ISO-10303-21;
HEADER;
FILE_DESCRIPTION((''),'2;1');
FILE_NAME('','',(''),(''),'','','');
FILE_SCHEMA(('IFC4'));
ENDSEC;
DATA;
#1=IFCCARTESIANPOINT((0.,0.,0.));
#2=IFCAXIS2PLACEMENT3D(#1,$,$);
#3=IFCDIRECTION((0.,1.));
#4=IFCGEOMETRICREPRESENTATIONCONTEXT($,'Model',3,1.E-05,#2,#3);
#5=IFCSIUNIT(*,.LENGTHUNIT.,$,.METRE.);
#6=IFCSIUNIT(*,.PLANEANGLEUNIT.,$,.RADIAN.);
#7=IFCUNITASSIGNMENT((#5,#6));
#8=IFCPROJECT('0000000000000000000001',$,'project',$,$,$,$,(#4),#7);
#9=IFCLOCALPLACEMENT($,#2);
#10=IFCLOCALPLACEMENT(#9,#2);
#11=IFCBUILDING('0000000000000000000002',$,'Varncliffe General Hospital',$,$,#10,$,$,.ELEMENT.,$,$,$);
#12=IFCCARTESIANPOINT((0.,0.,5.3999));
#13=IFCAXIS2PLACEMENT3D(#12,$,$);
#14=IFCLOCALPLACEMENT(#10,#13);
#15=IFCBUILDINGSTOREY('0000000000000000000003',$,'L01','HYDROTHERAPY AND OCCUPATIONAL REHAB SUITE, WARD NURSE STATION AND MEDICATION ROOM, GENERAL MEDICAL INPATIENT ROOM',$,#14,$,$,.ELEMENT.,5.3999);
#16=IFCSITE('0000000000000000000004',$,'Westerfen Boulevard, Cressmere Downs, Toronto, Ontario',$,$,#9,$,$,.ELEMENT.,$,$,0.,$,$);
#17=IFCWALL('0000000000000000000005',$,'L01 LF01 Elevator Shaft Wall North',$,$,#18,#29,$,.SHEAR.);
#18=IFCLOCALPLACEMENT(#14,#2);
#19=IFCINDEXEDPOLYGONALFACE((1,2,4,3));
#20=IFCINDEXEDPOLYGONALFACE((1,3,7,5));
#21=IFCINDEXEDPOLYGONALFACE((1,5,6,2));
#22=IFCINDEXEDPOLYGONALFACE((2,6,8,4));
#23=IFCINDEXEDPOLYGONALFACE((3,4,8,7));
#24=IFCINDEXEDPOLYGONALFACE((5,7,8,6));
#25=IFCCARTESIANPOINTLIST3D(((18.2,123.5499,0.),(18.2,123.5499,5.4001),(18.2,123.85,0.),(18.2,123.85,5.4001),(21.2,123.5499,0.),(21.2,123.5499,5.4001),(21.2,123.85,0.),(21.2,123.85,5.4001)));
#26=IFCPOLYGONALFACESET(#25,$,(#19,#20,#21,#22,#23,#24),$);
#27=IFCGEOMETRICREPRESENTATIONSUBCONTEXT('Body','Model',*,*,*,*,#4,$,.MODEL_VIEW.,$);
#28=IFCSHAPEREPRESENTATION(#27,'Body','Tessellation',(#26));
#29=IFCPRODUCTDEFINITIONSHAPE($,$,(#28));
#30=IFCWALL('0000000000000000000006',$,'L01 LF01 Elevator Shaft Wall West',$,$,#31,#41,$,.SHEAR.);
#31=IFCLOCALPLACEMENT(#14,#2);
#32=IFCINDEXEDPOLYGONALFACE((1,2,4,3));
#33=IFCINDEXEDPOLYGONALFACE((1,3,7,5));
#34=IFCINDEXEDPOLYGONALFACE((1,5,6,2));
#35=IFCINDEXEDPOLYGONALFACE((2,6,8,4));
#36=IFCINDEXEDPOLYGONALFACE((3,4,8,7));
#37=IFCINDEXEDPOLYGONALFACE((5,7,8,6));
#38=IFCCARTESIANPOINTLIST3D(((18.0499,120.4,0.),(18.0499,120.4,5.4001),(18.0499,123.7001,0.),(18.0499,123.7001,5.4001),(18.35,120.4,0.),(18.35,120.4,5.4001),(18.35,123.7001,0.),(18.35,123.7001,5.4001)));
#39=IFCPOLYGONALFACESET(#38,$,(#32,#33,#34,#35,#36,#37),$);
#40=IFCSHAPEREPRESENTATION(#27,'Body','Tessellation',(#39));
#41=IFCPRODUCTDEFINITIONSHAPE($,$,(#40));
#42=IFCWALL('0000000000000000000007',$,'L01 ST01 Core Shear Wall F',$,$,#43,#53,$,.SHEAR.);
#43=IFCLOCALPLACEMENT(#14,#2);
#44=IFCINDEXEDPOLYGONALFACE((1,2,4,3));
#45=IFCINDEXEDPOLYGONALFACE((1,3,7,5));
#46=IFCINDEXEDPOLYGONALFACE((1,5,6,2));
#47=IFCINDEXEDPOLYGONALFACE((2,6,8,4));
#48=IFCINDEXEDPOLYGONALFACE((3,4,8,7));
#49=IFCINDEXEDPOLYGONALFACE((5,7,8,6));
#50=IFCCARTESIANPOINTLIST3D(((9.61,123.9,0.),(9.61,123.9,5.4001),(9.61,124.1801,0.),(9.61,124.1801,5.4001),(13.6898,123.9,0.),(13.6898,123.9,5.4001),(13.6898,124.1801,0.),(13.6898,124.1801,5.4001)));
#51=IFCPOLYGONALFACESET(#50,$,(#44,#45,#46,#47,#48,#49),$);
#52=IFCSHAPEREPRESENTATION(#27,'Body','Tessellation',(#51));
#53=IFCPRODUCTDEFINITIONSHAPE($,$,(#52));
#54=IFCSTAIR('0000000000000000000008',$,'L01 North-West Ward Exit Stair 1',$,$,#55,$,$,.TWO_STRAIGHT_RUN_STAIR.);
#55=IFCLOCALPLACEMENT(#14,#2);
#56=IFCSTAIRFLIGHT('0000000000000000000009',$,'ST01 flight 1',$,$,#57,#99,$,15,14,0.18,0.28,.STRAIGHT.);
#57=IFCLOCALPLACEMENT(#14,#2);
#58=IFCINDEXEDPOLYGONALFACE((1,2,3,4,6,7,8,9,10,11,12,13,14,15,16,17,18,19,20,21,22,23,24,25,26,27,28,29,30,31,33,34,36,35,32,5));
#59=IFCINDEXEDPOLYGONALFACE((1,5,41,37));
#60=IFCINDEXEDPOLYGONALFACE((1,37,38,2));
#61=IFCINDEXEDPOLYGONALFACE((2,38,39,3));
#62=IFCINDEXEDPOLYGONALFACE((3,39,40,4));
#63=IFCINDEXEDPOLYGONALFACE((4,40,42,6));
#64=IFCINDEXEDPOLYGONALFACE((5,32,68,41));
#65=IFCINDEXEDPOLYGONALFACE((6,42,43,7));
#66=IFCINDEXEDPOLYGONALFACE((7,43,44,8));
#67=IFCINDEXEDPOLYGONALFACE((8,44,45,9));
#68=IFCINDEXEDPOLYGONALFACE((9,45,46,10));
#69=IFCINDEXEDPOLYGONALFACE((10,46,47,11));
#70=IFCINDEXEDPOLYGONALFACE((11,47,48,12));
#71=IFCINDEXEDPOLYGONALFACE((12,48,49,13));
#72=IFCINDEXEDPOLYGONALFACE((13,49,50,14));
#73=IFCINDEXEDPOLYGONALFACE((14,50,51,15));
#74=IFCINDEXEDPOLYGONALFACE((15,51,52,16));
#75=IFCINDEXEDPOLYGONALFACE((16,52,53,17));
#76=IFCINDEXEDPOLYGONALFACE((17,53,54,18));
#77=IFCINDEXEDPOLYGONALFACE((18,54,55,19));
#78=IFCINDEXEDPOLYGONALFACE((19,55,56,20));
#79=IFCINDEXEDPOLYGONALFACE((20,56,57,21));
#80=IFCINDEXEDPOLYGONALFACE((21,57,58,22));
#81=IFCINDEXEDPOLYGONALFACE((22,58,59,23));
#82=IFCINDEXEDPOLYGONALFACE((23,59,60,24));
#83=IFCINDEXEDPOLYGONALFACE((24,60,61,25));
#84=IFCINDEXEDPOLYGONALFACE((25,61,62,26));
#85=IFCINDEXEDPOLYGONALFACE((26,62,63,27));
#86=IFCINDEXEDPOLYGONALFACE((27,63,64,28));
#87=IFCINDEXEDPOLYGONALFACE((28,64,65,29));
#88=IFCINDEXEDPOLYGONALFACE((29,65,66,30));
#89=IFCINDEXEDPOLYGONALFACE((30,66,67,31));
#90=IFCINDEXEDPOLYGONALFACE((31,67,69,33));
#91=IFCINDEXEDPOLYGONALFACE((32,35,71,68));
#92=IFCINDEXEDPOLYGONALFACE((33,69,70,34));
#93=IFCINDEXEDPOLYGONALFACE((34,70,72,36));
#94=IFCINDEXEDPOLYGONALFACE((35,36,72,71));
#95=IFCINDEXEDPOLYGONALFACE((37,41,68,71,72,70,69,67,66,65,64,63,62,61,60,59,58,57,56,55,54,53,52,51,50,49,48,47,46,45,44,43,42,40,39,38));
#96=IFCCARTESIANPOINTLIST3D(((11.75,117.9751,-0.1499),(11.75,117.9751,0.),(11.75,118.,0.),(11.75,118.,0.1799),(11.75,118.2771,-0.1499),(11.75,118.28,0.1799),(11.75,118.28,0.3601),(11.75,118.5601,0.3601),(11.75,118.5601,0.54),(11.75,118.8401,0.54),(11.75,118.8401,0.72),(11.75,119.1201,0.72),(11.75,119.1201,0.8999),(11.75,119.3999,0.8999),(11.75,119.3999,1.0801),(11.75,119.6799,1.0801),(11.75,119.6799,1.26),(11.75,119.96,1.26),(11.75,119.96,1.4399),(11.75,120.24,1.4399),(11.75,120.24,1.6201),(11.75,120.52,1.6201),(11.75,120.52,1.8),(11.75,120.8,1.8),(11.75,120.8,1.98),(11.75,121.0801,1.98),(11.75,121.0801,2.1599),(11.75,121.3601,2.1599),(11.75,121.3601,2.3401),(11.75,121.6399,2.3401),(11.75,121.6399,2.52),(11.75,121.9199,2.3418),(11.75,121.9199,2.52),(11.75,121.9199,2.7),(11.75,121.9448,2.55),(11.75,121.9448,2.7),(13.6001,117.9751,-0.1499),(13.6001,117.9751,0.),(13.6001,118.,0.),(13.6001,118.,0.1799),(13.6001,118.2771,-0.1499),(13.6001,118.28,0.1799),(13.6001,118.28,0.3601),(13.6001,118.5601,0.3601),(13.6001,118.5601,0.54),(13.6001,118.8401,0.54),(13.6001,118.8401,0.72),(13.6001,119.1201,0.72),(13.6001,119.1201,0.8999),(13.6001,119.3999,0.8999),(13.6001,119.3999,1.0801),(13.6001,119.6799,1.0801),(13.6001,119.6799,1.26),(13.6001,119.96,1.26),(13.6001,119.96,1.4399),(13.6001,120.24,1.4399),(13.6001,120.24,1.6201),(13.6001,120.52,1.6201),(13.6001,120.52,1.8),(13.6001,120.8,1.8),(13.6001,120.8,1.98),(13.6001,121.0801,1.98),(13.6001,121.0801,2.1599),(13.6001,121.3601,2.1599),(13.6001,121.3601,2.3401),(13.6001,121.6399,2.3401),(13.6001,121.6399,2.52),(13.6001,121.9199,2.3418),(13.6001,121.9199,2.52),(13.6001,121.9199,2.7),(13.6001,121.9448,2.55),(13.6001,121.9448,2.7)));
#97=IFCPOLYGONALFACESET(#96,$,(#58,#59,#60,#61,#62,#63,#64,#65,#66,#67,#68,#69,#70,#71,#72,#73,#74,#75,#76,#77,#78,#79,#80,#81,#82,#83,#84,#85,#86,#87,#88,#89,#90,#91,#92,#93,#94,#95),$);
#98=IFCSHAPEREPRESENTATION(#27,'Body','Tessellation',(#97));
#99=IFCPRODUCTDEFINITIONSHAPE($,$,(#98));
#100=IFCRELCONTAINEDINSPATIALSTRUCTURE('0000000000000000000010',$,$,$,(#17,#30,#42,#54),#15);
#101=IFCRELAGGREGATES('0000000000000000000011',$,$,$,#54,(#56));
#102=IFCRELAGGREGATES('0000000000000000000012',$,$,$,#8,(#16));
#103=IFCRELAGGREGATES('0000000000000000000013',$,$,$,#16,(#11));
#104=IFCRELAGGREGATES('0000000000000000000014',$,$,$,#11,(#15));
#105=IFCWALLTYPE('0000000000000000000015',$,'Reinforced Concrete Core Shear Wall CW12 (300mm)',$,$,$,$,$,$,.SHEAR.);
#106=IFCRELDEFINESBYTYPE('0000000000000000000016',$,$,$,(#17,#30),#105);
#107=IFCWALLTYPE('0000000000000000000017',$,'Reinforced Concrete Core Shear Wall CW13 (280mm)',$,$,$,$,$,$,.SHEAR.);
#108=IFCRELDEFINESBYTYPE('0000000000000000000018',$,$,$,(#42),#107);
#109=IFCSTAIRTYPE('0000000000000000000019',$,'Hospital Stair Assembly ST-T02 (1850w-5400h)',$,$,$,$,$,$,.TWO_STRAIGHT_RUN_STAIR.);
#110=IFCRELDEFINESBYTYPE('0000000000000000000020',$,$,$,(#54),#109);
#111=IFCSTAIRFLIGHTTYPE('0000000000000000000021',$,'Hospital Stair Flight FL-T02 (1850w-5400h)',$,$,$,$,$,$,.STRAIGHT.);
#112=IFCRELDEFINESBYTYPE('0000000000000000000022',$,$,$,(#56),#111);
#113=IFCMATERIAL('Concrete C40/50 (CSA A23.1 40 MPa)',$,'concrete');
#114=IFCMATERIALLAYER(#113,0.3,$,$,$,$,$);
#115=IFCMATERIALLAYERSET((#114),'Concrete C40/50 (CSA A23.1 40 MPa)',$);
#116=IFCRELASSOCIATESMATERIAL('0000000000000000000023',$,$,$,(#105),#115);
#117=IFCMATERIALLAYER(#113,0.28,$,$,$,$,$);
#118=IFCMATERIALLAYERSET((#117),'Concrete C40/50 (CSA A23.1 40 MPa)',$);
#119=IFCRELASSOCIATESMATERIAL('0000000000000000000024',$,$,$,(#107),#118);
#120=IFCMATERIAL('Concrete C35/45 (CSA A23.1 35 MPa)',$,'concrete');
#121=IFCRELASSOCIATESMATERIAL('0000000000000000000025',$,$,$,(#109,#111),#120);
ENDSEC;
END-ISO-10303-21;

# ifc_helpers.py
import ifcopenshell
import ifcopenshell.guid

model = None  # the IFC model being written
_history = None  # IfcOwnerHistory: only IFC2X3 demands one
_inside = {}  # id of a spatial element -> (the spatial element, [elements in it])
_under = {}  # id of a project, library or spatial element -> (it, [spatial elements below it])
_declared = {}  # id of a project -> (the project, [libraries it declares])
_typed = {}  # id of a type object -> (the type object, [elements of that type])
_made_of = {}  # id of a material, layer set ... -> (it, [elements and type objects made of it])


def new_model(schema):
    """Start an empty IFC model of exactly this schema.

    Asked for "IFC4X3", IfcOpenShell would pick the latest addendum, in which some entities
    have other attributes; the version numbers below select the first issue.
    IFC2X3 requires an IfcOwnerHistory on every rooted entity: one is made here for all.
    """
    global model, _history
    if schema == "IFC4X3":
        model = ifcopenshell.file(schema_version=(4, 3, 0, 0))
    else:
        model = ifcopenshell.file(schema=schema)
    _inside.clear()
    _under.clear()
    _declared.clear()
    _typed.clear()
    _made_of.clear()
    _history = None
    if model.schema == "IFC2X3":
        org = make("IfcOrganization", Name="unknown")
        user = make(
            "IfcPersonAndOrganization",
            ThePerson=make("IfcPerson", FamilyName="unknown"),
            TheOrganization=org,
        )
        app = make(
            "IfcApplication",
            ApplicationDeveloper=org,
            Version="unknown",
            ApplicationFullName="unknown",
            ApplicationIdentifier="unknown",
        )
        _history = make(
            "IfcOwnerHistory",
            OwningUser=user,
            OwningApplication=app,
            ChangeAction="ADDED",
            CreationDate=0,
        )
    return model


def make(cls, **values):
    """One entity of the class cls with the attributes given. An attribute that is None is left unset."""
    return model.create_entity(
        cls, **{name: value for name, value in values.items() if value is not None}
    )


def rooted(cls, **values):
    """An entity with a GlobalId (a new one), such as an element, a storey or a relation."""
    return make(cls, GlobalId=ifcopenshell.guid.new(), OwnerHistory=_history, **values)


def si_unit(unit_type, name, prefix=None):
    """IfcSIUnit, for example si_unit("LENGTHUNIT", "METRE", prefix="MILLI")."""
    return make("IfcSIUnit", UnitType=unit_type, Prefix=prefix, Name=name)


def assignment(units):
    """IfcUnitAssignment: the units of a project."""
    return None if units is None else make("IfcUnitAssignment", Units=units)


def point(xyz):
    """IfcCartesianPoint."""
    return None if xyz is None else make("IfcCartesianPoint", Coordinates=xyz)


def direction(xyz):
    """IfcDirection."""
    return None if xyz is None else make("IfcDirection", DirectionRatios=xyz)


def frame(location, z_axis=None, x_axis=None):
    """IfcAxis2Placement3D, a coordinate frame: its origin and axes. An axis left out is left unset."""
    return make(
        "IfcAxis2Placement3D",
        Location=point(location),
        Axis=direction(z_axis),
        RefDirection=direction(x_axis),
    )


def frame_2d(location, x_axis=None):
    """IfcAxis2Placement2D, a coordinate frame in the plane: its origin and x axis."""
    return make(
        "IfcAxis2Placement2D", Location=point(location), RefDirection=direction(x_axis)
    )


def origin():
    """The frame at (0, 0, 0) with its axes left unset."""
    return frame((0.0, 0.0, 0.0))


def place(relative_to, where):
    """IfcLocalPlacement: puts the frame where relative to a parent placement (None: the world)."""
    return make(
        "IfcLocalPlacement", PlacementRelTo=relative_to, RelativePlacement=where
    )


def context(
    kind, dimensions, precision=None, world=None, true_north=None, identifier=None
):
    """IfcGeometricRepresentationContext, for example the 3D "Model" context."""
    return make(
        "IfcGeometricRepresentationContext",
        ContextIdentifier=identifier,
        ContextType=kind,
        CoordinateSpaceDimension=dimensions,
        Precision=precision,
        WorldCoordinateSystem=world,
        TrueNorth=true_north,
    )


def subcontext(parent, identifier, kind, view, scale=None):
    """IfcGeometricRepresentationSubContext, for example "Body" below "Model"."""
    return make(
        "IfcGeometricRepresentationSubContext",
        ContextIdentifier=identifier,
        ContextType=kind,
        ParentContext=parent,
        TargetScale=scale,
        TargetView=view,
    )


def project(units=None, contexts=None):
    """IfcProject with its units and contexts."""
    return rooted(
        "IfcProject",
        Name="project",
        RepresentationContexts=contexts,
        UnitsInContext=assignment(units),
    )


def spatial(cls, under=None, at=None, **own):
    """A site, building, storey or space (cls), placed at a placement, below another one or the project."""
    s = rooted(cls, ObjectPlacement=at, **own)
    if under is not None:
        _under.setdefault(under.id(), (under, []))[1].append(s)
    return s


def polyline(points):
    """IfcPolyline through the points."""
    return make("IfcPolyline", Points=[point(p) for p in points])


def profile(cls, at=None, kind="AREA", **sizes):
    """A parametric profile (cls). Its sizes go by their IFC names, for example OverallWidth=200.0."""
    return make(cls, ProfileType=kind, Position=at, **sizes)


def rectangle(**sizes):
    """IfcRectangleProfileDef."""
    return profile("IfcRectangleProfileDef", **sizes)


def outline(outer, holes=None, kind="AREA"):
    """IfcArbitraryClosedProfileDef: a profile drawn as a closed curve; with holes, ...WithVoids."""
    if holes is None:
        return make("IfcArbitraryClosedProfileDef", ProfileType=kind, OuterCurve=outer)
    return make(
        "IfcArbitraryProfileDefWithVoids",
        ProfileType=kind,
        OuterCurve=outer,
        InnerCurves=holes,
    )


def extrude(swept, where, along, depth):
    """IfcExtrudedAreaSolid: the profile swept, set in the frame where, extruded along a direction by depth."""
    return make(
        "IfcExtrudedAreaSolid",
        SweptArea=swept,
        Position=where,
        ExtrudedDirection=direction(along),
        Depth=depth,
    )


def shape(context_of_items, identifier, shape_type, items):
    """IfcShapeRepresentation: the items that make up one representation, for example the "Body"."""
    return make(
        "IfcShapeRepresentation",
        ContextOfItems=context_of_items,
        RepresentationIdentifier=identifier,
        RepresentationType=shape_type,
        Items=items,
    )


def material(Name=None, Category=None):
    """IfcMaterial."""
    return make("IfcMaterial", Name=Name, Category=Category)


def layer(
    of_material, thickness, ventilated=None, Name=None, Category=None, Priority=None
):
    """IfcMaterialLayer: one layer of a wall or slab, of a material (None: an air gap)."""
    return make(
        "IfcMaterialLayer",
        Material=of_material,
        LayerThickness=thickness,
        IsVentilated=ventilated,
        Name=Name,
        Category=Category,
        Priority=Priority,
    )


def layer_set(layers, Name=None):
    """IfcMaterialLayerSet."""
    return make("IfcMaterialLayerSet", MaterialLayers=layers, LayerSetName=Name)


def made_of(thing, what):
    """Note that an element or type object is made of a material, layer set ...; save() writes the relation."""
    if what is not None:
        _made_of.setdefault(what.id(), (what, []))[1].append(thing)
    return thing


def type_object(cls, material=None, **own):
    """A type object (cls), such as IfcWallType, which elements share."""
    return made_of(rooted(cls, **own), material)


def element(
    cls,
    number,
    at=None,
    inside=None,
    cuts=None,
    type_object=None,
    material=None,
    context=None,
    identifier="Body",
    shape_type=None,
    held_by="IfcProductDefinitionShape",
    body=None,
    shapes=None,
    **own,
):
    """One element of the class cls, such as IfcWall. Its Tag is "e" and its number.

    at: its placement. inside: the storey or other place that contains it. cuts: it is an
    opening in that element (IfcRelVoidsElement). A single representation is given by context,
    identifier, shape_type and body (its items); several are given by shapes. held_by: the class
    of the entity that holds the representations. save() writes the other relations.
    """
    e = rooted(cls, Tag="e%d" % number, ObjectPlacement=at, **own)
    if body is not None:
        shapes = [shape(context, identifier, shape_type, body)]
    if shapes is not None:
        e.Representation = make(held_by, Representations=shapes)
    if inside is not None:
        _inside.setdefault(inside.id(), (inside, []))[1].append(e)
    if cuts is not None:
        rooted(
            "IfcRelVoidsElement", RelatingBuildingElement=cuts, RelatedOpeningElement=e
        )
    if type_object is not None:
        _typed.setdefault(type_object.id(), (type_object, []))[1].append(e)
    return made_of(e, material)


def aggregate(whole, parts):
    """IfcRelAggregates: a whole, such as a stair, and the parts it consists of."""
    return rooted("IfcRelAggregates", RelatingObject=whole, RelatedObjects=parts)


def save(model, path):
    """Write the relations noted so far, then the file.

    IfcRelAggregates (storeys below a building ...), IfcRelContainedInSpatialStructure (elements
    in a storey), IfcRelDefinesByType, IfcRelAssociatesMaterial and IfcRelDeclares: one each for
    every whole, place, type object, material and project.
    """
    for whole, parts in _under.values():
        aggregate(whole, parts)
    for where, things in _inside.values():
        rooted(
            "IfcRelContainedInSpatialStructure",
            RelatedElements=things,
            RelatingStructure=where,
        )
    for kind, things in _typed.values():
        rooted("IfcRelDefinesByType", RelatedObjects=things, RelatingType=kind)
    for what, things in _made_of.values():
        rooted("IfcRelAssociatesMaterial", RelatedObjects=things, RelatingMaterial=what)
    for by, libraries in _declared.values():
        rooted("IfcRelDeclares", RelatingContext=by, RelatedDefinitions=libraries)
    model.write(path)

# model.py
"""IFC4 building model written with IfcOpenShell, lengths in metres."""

from ifc_helpers import new_model, si_unit, direction, frame, frame_2d, origin, place, context, subcontext, project, spatial, polyline, rectangle, outline, extrude, material, layer, layer_set, type_object, element, aggregate, save


model = new_model("IFC4")

# Units and contexts
model_context = context("Model", 3, precision=1e-05, world=origin(), true_north=direction((0.0, 1.0)))
body_context = subcontext(model_context, "Body", "Model", "MODEL_VIEW")
ifc_project = project(units=[si_unit("LENGTHUNIT", "METRE"), si_unit("PLANEANGLEUNIT", "RADIAN")], contexts=[model_context])

# Site, building, storey
site_placement = place(None, origin())
site = spatial("IfcSite", under=ifc_project, at=site_placement, Name="Westerfen Boulevard, Cressmere Downs, Toronto, Ontario", CompositionType="ELEMENT", RefElevation=0.0)
building_placement = place(site_placement, origin())
building = spatial("IfcBuilding", under=site, at=building_placement, Name="Varncliffe General Hospital", CompositionType="ELEMENT")
storey_placement = place(building_placement, frame((0.0, 0.0, 5.3999)))
storey = spatial("IfcBuildingStorey", under=building, at=storey_placement, Name="L01", Description="HYDROTHERAPY AND OCCUPATIONAL REHAB SUITE, WARD NURSE STATION AND MEDICATION ROOM, GENERAL MEDICAL INPATIENT ROOM", CompositionType="ELEMENT", Elevation=5.3999)

# Shared definitions
ifc_material_1 = material(Name="Concrete C40/50 (CSA A23.1 40 MPa)", Category="concrete")

# Shared definitions
ifc_material_2 = material(Name="Concrete C35/45 (CSA A23.1 35 MPa)", Category="concrete")

# Shared definitions
ifc_layer_1 = layer(ifc_material_1, 0.3)
ifc_layer_set_1 = layer_set([ifc_layer_1], Name="Concrete C40/50 (CSA A23.1 40 MPa)")
wall_type_1 = type_object("IfcWallType", Name="Reinforced Concrete Core Shear Wall CW12 (300mm)", PredefinedType="SHEAR", material=ifc_layer_set_1)

# Walls
wall_1_placement = place(storey_placement, frame((21.2, 123.7, 0.0), z_axis=(0.0, 0.0, 1.0), x_axis=(-1.0, 0.0, 0.0)))
element("IfcWall", 1, at=wall_1_placement, inside=storey, type_object=wall_type_1, Name="L01 LF01 Elevator Shaft Wall North", PredefinedType="SHEAR", context=body_context, shape_type="SweptSolid", body=[
    extrude(rectangle(XDim=3.0, YDim=0.3, at=frame_2d((1.5, 0.0))), origin(), (0.0, 0.0, 1.0), 5.4001),
])
wall_2_placement = place(storey_placement, frame((18.2, 123.7, 0.0), z_axis=(0.0, 0.0, 1.0), x_axis=(0.0, -1.0, 0.0)))
element("IfcWall", 2, at=wall_2_placement, inside=storey, type_object=wall_type_1, Name="L01 LF01 Elevator Shaft Wall West", PredefinedType="SHEAR", context=body_context, shape_type="SweptSolid", body=[
    extrude(rectangle(XDim=3.3, YDim=0.3, at=frame_2d((1.6499, 0.0))), origin(), (0.0, 0.0, 1.0), 5.4001),
])
ifc_layer_2 = layer(ifc_material_1, 0.28)
ifc_layer_set_2 = layer_set([ifc_layer_2], Name="Concrete C40/50 (CSA A23.1 40 MPa)")
wall_type_2 = type_object("IfcWallType", Name="Reinforced Concrete Core Shear Wall CW13 (280mm)", PredefinedType="SHEAR", material=ifc_layer_set_2)
wall_3_placement = place(storey_placement, frame((13.6899, 124.04, 0.0), z_axis=(0.0, 0.0, 1.0), x_axis=(-1.0, 0.0, 0.0)))
element("IfcWall", 3, at=wall_3_placement, inside=storey, type_object=wall_type_2, Name="L01 ST01 Core Shear Wall F", PredefinedType="SHEAR", context=body_context, shape_type="SweptSolid", body=[
    extrude(rectangle(XDim=4.0798, YDim=0.28, at=frame_2d((2.04, 0.0))), origin(), (0.0, 0.0, 1.0), 5.4001),
])

# Stair, stair flight
stair_type = type_object("IfcStairType", Name="Hospital Stair Assembly ST-T02 (1850w-5400h)", PredefinedType="TWO_STRAIGHT_RUN_STAIR", material=ifc_material_2)
stair_placement = place(storey_placement, origin())
stair = element("IfcStair", 4, at=stair_placement, inside=storey, type_object=stair_type, Name="L01 North-West Ward Exit Stair 1", PredefinedType="TWO_STRAIGHT_RUN_STAIR")
stair_flight_type = type_object("IfcStairFlightType", Name="Hospital Stair Flight FL-T02 (1850w-5400h)", PredefinedType="STRAIGHT", material=ifc_material_2)
stair_flight_placement = place(storey_placement, frame((12.675, 118.0, 0.0), z_axis=(0.0, 0.0, 1.0), x_axis=(0.0, 1.0, 0.0)))
stair_flight = element("IfcStairFlight", 5, at=stair_flight_placement, type_object=stair_flight_type, Name="ST01 flight 1", NumberOfRisers=15, NumberOfTreads=14, PredefinedType="STRAIGHT", RiserHeight=0.18, TreadLength=0.28, context=body_context, shape_type="SweptSolid", body=[
    extrude(outline(polyline([(-0.0249, -0.1499), (-0.0249, 0.0), (0.0, 0.0), (0.0, 0.1799), (0.28, 0.1799), (0.28, 0.3601), (0.5601, 0.3601), (0.5601, 0.54), (0.8401, 0.54), (0.8401, 0.72), (1.1201, 0.72), (1.1201, 0.8999), (1.3999, 0.8999), (1.3999, 1.0801), (1.6799, 1.0801), (1.6799, 1.26), (1.96, 1.26), (1.96, 1.4399), (2.24, 1.4399), (2.24, 1.6201), (2.52, 1.6201), (2.52, 1.8), (2.8, 1.8), (2.8, 1.98), (3.0801, 1.98), (3.0801, 2.1599), (3.3601, 2.1599), (3.3601, 2.3401), (3.6399, 2.3401), (3.6399, 2.52), (3.9199, 2.52), (3.9199, 2.7), (3.9448, 2.7), (3.9448, 2.55), (3.9199, 2.3418), (0.2771, -0.1499), (-0.0249, -0.1499)])), frame((0.0, 0.925, 0.0), z_axis=(0.0, -1.0, 0.0), x_axis=(1.0, 0.0, 0.0)), (0.0, 0.0, 1.0), 1.8501),
])
aggregate(stair, [stair_flight])

save(model, "model.ifc")
